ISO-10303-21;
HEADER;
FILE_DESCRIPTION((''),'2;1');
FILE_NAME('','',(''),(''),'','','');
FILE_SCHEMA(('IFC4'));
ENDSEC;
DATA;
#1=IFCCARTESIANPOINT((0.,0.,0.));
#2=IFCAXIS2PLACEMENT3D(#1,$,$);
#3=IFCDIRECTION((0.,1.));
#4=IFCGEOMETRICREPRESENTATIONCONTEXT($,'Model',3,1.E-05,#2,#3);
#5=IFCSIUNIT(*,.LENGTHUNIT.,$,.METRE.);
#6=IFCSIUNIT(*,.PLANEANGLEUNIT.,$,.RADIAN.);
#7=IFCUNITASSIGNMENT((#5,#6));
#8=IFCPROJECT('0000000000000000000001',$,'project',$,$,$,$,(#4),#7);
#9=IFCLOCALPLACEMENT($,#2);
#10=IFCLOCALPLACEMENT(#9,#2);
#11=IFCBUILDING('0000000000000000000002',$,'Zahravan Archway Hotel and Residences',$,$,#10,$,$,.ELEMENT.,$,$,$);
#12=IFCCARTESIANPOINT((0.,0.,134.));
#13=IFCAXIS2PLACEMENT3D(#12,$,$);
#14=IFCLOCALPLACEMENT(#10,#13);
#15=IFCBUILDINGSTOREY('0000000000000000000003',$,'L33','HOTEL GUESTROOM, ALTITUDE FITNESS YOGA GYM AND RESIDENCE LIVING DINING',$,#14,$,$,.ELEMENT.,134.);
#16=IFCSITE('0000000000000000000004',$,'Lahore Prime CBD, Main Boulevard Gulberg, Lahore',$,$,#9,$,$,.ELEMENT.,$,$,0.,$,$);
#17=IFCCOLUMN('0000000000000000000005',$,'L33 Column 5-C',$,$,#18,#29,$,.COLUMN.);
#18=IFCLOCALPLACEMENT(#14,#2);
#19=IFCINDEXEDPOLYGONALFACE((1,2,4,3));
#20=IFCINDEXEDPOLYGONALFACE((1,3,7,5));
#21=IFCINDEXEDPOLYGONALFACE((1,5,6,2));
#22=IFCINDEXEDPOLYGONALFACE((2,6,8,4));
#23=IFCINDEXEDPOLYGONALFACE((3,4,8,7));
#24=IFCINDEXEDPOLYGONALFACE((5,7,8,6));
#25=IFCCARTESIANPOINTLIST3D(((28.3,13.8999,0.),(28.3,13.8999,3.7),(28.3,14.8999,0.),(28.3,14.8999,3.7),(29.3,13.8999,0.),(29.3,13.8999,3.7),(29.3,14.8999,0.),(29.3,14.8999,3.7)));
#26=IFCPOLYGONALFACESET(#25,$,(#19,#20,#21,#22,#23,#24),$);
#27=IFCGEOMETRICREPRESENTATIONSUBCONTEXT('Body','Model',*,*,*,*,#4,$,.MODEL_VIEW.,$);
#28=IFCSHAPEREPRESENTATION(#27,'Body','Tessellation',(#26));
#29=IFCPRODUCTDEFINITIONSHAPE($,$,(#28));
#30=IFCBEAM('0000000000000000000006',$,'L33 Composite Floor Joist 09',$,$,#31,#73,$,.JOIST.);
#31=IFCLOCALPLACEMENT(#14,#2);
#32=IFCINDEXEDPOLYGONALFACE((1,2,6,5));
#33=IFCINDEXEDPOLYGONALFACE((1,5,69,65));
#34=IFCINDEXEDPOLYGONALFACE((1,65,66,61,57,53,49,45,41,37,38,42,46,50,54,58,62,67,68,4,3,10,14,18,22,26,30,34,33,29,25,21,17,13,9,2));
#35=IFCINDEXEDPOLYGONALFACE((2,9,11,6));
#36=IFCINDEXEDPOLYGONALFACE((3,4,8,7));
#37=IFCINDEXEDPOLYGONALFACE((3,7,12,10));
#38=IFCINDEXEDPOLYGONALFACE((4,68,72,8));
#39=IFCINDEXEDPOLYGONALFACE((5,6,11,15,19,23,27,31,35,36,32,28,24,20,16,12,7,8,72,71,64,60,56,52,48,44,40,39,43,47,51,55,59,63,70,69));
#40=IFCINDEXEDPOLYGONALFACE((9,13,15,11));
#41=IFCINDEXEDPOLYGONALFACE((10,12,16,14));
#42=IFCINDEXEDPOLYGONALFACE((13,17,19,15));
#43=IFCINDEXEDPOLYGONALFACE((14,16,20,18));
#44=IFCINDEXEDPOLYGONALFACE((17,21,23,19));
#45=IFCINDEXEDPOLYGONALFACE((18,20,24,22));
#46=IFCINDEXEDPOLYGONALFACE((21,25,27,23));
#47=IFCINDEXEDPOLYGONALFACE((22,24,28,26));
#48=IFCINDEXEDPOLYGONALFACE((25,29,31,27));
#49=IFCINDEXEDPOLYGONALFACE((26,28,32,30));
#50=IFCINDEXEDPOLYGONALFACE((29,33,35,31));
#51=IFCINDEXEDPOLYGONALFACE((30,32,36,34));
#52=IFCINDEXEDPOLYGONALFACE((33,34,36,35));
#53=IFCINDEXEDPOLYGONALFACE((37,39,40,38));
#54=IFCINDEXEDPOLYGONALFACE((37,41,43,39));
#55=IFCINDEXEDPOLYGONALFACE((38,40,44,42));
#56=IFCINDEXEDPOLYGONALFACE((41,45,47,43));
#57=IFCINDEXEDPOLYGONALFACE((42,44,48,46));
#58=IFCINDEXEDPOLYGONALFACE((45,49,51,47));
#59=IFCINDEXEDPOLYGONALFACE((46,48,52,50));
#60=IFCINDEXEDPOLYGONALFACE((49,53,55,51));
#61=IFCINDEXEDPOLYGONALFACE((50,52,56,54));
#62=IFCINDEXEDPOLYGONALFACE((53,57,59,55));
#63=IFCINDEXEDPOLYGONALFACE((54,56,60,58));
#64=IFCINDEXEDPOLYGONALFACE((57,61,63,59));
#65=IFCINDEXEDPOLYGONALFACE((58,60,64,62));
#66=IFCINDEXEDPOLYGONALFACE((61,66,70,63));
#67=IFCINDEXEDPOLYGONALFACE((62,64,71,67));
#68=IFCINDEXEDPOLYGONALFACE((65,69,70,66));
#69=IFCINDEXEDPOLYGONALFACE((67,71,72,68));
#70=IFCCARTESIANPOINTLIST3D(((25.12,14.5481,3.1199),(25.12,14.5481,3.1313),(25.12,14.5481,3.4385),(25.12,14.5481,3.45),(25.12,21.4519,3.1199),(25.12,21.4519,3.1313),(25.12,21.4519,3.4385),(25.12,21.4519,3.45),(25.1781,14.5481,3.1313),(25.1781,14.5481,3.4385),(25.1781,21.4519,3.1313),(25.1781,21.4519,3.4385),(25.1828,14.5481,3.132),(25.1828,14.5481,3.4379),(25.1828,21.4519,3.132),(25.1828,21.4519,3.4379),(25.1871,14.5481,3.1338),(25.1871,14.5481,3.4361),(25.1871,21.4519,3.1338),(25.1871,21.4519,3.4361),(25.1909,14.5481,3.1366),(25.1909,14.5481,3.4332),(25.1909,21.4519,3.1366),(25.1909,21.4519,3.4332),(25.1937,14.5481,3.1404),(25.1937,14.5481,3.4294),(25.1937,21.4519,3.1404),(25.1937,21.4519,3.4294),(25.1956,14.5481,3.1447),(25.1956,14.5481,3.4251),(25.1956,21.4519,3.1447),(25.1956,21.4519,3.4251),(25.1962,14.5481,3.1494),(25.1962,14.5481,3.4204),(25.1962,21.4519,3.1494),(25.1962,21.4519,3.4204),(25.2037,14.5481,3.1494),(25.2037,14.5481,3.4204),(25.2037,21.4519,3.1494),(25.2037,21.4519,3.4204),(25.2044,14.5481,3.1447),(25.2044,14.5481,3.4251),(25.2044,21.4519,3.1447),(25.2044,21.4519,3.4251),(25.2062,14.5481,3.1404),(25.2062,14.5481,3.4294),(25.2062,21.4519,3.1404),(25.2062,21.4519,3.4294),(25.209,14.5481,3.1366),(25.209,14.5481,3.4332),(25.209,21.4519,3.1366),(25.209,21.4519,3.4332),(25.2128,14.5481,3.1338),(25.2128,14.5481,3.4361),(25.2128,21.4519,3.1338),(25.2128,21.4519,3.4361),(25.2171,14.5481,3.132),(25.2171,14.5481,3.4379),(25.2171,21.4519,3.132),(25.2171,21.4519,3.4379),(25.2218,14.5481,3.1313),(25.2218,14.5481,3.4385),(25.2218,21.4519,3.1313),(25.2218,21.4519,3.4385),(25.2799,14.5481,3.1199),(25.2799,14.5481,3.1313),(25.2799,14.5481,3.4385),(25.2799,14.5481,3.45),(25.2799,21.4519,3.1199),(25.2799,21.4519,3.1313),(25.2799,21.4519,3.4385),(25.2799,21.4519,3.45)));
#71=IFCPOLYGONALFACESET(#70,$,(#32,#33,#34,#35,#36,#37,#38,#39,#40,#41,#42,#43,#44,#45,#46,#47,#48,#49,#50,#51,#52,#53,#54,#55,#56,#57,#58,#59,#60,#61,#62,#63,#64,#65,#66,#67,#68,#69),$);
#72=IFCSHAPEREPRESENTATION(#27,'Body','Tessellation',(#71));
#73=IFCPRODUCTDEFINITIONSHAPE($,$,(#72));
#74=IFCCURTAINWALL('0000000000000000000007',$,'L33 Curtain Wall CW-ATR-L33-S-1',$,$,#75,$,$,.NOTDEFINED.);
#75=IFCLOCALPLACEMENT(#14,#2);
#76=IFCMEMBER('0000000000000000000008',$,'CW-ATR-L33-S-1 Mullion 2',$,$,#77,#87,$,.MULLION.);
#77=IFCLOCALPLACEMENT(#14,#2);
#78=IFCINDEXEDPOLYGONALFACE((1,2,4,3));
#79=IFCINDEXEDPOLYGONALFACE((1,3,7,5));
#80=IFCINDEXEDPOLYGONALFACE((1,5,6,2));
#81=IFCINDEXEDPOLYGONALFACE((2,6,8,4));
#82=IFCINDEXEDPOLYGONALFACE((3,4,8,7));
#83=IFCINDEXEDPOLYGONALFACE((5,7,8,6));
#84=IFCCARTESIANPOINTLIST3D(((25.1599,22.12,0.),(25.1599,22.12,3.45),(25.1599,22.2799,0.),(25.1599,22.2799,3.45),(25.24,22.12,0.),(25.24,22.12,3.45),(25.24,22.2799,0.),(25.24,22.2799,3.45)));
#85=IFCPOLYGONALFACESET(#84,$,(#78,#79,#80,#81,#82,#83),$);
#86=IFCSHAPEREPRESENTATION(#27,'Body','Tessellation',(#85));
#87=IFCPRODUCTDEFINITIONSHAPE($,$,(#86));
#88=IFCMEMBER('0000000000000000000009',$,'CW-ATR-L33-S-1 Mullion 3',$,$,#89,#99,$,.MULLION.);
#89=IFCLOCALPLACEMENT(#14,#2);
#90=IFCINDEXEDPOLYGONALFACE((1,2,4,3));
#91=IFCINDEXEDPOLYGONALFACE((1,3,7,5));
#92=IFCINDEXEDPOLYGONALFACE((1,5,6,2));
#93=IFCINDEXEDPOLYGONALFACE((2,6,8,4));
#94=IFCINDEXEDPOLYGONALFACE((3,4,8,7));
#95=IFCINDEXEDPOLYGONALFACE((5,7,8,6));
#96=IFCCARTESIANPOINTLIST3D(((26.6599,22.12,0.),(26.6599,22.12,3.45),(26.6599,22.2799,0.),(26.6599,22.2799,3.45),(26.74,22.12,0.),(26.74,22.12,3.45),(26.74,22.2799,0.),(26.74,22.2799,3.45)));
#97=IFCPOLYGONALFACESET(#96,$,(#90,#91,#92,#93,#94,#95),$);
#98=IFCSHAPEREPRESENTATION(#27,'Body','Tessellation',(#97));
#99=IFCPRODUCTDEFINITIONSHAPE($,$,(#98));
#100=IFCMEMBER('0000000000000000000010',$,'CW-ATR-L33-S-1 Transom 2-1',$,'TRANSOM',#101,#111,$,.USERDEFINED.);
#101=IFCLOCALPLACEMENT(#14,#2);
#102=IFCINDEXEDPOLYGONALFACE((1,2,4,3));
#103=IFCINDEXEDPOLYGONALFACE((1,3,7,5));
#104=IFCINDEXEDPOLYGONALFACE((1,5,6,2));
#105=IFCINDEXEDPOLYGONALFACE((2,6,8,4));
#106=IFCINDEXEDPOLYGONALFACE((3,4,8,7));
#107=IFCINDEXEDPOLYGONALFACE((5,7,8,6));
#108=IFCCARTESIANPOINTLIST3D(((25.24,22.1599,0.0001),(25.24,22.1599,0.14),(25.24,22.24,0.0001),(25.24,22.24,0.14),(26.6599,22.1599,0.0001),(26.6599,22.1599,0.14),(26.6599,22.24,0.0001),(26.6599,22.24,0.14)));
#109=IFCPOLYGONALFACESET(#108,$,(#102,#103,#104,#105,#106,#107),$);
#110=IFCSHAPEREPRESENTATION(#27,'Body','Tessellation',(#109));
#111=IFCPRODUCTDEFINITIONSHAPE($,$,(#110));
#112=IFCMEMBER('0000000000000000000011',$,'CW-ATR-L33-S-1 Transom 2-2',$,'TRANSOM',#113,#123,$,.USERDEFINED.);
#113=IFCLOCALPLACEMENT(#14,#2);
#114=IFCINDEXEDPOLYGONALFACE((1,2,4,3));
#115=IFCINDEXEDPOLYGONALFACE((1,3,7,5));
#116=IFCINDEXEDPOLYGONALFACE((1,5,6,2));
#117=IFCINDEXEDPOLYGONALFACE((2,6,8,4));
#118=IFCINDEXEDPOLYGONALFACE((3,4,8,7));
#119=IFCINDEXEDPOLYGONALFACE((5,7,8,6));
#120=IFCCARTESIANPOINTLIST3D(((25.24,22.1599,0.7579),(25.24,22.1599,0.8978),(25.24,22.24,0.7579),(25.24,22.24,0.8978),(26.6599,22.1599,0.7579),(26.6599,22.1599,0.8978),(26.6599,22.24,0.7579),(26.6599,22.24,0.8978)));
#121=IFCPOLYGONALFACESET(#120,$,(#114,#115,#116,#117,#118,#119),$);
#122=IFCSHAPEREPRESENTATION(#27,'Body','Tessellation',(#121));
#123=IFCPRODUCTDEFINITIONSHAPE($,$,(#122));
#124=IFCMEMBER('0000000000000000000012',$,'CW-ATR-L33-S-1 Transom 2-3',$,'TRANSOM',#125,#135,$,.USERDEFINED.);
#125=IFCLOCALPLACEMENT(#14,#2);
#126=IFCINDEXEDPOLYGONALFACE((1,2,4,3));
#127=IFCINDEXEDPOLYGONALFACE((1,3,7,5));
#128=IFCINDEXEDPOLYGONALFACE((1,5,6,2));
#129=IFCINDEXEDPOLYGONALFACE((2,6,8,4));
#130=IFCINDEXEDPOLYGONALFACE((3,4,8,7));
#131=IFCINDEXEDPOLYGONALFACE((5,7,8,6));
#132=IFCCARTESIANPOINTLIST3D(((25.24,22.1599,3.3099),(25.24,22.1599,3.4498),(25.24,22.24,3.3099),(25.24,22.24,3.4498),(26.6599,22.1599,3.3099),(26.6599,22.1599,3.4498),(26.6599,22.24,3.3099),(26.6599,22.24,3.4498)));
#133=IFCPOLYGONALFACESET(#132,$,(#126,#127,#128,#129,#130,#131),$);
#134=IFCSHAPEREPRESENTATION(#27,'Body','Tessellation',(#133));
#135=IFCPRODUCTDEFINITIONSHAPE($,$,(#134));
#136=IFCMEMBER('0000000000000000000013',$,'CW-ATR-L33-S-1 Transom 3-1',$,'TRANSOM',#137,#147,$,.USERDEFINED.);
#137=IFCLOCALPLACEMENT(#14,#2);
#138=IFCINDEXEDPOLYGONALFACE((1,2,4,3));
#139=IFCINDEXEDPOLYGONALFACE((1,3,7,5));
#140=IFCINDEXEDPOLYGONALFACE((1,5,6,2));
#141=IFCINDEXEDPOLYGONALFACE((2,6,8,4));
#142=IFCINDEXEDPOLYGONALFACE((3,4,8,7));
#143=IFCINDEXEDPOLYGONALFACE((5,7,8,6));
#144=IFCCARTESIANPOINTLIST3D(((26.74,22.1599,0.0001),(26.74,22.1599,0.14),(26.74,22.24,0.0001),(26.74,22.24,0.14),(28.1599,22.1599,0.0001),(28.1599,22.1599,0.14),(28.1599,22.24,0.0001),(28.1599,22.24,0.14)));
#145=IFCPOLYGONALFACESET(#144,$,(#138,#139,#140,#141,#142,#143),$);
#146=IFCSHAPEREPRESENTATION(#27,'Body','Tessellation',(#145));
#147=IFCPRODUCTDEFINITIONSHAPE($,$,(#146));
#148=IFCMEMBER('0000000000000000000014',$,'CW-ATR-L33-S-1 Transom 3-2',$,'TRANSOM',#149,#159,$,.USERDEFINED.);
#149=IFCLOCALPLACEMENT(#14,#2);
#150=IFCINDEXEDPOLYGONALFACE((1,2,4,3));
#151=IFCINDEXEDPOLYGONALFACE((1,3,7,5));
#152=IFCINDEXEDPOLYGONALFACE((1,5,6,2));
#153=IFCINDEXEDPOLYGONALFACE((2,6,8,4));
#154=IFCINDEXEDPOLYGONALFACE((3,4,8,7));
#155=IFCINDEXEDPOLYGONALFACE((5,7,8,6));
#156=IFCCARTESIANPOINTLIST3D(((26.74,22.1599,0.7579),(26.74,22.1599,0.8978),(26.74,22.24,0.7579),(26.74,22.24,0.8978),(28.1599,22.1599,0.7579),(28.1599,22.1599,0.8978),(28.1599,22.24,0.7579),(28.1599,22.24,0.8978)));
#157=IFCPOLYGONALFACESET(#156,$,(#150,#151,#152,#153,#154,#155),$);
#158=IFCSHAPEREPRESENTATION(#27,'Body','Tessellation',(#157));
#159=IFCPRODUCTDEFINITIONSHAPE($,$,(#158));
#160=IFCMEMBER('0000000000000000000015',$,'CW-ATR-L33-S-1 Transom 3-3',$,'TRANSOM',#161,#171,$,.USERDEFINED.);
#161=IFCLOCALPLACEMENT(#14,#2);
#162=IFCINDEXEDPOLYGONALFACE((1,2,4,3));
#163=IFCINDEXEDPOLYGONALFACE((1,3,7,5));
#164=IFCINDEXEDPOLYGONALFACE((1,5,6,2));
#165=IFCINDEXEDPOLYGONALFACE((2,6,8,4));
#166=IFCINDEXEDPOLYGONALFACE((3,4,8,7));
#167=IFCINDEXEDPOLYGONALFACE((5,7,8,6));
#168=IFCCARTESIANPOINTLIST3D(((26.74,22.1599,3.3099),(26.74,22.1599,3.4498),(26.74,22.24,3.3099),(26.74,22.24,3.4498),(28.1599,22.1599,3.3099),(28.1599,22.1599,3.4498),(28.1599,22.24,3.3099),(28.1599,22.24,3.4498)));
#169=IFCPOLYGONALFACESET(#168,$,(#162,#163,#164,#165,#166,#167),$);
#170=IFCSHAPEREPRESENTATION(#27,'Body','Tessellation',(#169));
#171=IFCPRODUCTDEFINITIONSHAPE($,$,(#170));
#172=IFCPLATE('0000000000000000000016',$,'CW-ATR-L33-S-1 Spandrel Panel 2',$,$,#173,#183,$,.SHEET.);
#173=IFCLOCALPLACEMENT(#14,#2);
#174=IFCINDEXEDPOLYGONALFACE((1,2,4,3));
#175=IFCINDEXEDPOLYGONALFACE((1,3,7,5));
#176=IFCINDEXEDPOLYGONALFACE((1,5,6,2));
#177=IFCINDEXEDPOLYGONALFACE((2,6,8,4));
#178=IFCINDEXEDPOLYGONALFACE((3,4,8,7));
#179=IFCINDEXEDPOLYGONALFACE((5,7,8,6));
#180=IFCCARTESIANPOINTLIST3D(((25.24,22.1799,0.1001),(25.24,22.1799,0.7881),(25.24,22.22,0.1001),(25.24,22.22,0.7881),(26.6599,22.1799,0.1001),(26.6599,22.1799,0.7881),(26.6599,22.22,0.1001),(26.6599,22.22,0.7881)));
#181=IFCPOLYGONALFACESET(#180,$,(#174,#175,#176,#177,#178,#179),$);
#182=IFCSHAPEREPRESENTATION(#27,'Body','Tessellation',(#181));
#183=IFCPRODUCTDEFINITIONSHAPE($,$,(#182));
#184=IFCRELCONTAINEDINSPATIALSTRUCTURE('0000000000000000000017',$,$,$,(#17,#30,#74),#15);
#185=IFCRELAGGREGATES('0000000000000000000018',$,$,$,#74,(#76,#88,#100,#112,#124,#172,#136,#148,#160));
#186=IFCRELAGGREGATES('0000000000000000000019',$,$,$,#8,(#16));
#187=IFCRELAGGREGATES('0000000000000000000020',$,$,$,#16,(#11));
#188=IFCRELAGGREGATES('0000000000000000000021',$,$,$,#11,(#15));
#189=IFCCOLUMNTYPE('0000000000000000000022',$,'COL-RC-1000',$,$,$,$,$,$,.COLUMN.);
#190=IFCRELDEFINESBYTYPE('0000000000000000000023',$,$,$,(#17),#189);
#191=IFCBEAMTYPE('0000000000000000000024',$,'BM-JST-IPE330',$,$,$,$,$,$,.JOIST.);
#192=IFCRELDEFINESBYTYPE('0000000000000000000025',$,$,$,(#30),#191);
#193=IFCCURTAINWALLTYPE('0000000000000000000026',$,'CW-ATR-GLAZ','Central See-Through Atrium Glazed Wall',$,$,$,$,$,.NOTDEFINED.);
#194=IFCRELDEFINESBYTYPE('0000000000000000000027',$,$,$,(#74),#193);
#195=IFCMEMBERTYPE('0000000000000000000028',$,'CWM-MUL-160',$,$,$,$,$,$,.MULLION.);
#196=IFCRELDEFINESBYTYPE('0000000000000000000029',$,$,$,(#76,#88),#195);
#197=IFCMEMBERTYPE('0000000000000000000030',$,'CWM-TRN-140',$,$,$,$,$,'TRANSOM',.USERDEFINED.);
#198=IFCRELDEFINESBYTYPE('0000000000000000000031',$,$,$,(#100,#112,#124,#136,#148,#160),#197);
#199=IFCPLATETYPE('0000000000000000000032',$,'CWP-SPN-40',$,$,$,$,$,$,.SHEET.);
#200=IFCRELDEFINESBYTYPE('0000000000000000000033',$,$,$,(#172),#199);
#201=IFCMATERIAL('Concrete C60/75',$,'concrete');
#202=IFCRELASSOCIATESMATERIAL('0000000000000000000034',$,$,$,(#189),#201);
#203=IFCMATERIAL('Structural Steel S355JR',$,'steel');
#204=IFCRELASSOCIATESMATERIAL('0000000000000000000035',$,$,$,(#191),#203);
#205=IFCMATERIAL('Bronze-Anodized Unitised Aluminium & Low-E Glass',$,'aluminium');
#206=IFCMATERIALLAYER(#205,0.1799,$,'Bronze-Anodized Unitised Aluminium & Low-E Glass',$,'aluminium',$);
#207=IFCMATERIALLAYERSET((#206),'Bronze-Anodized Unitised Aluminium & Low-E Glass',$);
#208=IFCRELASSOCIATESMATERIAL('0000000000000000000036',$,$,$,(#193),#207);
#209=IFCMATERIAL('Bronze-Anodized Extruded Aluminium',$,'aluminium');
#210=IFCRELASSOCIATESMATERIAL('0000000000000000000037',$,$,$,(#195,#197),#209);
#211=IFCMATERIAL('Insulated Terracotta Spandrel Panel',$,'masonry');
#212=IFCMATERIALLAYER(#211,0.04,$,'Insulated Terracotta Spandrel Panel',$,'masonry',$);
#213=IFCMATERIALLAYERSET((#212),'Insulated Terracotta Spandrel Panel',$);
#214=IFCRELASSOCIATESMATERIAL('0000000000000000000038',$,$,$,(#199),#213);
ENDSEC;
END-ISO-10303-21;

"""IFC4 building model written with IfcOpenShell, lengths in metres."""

from ifc_helpers import new_model, si_unit, direction, frame, origin, origin_2d, place, context, subcontext, project, spatial, rectangle, i_section, extrude, source, transform, mapped, material, layer, layer_set, material_profile, profile_set, type_object, type_shapes, element, aggregate, save


model = new_model("IFC4")

# Units and contexts
model_context = context("Model", 3, precision=1e-05, world=origin(), true_north=direction((0.0, 1.0)))
body_context = subcontext(model_context, "Body", "Model", "MODEL_VIEW")
ifc_project = project(units=[si_unit("LENGTHUNIT", "METRE"), si_unit("PLANEANGLEUNIT", "RADIAN")], contexts=[model_context])

# Site, building, storey
site_placement = place(None, origin())
site = spatial("IfcSite", under=ifc_project, at=site_placement, Name="Lahore Prime CBD, Main Boulevard Gulberg, Lahore", CompositionType="ELEMENT", RefElevation=0.0)
building_placement = place(site_placement, origin())
building = spatial("IfcBuilding", under=site, at=building_placement, Name="Zahravan Archway Hotel and Residences", CompositionType="ELEMENT")
storey_placement = place(building_placement, frame((0.0, 0.0, 134.0)))
storey = spatial("IfcBuildingStorey", under=building, at=storey_placement, Name="L33", Description="HOTEL GUESTROOM, ALTITUDE FITNESS YOGA GYM AND RESIDENCE LIVING DINING", CompositionType="ELEMENT", Elevation=134.0)

# Column
ifc_material_1 = material(Name="Concrete C60/75", Category="concrete")
ifc_material_profile_1 = material_profile(ifc_material_1, rectangle(XDim=1.0, YDim=1.0, at=origin_2d()), Name="RC-COL-1000x1000", Category="concrete")
ifc_profile_set_1 = profile_set([ifc_material_profile_1], Name="Concrete C60/75")
column_type = type_object("IfcColumnType", Name="COL-RC-1000", PredefinedType="COLUMN", material=ifc_profile_set_1)
shared_shape_1 = source(origin(), body_context, "Body", "SweptSolid", [
    extrude(rectangle(XDim=1.0, YDim=1.0, at=origin_2d()), origin(), (0.0, 0.0, 1.0), 3.7),
])
type_shapes(column_type, [shared_shape_1])
column_placement = place(storey_placement, frame((28.8, 14.3999, 0.0), z_axis=(0.0, 0.0, 1.0), x_axis=(1.0, 0.0, 0.0)))
element("IfcColumn", 1, at=column_placement, inside=storey, type_object=column_type, Name="L33 Column 5-C", PredefinedType="COLUMN", context=body_context, shape_type="MappedRepresentation", body=[
    mapped(shared_shape_1, transform((0.0, 0.0, 0.0), scale=1.0)),
])

# Beam
ifc_material_2 = material(Name="Structural Steel S355JR", Category="steel")
ifc_material_profile_2 = material_profile(ifc_material_2, i_section(OverallWidth=0.1599, OverallDepth=0.3301, WebThickness=0.0076, FlangeThickness=0.0115, FilletRadius=0.0181, at=origin_2d()), Name="IPE 330", Category="steel")
ifc_profile_set_2 = profile_set([ifc_material_profile_2], Name="Structural Steel S355JR")
beam_type = type_object("IfcBeamType", Name="BM-JST-IPE330", PredefinedType="JOIST", material=ifc_profile_set_2)
shared_shape_2 = source(origin(), body_context, "Body", "SweptSolid", [
    extrude(i_section(OverallWidth=0.1599, OverallDepth=0.3301, WebThickness=0.0076, FlangeThickness=0.0115, FilletRadius=0.0181, at=origin_2d()), origin(), (0.0, 0.0, 1.0), 6.9038),
])
beam_placement = place(storey_placement, frame((25.2, 14.5481, 3.2849), z_axis=(0.0, 1.0, 0.0), x_axis=(-1.0, 0.0, 0.0)))
element("IfcBeam", 2, at=beam_placement, inside=storey, type_object=beam_type, Name="L33 Composite Floor Joist 09", PredefinedType="JOIST", context=body_context, shape_type="MappedRepresentation", body=[
    mapped(shared_shape_2, transform((0.0, 0.0, 0.0), scale=1.0)),
])

# Curtain wall, members, plate
ifc_material_3 = material(Name="Bronze-Anodized Unitised Aluminium & Low-E Glass", Category="aluminium")
ifc_layer_1 = layer(ifc_material_3, 0.1799, Name="Bronze-Anodized Unitised Aluminium & Low-E Glass", Category="aluminium")
ifc_layer_set_1 = layer_set([ifc_layer_1], Name="Bronze-Anodized Unitised Aluminium & Low-E Glass")
curtain_wall_type = type_object("IfcCurtainWallType", Name="CW-ATR-GLAZ", Description="Central See-Through Atrium Glazed Wall", PredefinedType="NOTDEFINED", material=ifc_layer_set_1)
curtain_wall_placement = place(storey_placement, origin())
curtain_wall = element("IfcCurtainWall", 3, at=curtain_wall_placement, inside=storey, type_object=curtain_wall_type, Name="L33 Curtain Wall CW-ATR-L33-S-1", PredefinedType="NOTDEFINED")
ifc_material_4 = material(Name="Bronze-Anodized Extruded Aluminium", Category="aluminium")
ifc_material_profile_3 = material_profile(ifc_material_4, rectangle(XDim=0.0801, YDim=0.1599, at=origin_2d()), Name="MUL 80x160", Category="aluminium")
ifc_profile_set_3 = profile_set([ifc_material_profile_3], Name="Bronze-Anodized Extruded Aluminium")
member_type_1 = type_object("IfcMemberType", Name="CWM-MUL-160", PredefinedType="MULLION", material=ifc_profile_set_3)
shared_shape_3 = source(origin(), body_context, "Body", "SweptSolid", [
    extrude(rectangle(XDim=0.0801, YDim=0.1599, at=origin_2d()), origin(), (0.0, 0.0, 1.0), 3.45),
])
member_1_placement = place(storey_placement, frame((25.2, 22.2, 0.0), z_axis=(0.0, 0.0, 1.0), x_axis=(1.0, 0.0, 0.0)))
member_1 = element("IfcMember", 4, at=member_1_placement, type_object=member_type_1, Name="CW-ATR-L33-S-1 Mullion 2", PredefinedType="MULLION", context=body_context, shape_type="MappedRepresentation", body=[
    mapped(shared_shape_3, transform((0.0, 0.0, 0.0), scale=1.0)),
])
member_2_placement = place(storey_placement, frame((26.7, 22.2, 0.0), z_axis=(0.0, 0.0, 1.0), x_axis=(1.0, 0.0, 0.0)))
member_2 = element("IfcMember", 5, at=member_2_placement, type_object=member_type_1, Name="CW-ATR-L33-S-1 Mullion 3", PredefinedType="MULLION", context=body_context, shape_type="MappedRepresentation", body=[
    mapped(shared_shape_3, transform((0.0, 0.0, 0.0), scale=1.0)),
])
ifc_material_profile_4 = material_profile(ifc_material_4, rectangle(XDim=0.0801, YDim=0.1399, at=origin_2d()), Name="TRN 80x140", Category="aluminium")
ifc_profile_set_4 = profile_set([ifc_material_profile_4], Name="Bronze-Anodized Extruded Aluminium")
member_type_2 = type_object("IfcMemberType", Name="CWM-TRN-140", ElementType="TRANSOM", PredefinedType="USERDEFINED", material=ifc_profile_set_4)
shared_shape_4 = source(origin(), body_context, "Body", "SweptSolid", [
    extrude(rectangle(XDim=0.0801, YDim=0.1399, at=origin_2d()), origin(), (0.0, 0.0, 1.0), 1.4199),
])
member_3_placement = place(storey_placement, frame((25.24, 22.2, 0.0701), z_axis=(1.0, 0.0, 0.0), x_axis=(0.0, 1.0, 0.0)))
member_3 = element("IfcMember", 6, at=member_3_placement, type_object=member_type_2, Name="CW-ATR-L33-S-1 Transom 2-1", ObjectType="TRANSOM", PredefinedType="USERDEFINED", context=body_context, shape_type="MappedRepresentation", body=[
    mapped(shared_shape_4, transform((0.0, 0.0, 0.0), scale=1.0)),
])
member_4_placement = place(storey_placement, frame((25.24, 22.2, 0.8279), z_axis=(1.0, 0.0, 0.0), x_axis=(0.0, 1.0, 0.0)))
member_4 = element("IfcMember", 7, at=member_4_placement, type_object=member_type_2, Name="CW-ATR-L33-S-1 Transom 2-2", ObjectType="TRANSOM", PredefinedType="USERDEFINED", context=body_context, shape_type="MappedRepresentation", body=[
    mapped(shared_shape_4, transform((0.0, 0.0, 0.0), scale=1.0)),
])
member_5_placement = place(storey_placement, frame((25.24, 22.2, 3.3799), z_axis=(1.0, 0.0, 0.0), x_axis=(0.0, 1.0, 0.0)))
member_5 = element("IfcMember", 8, at=member_5_placement, type_object=member_type_2, Name="CW-ATR-L33-S-1 Transom 2-3", ObjectType="TRANSOM", PredefinedType="USERDEFINED", context=body_context, shape_type="MappedRepresentation", body=[
    mapped(shared_shape_4, transform((0.0, 0.0, 0.0), scale=1.0)),
])
member_6_placement = place(storey_placement, frame((26.74, 22.2, 0.0701), z_axis=(1.0, 0.0, 0.0), x_axis=(0.0, 1.0, 0.0)))
member_6 = element("IfcMember", 9, at=member_6_placement, type_object=member_type_2, Name="CW-ATR-L33-S-1 Transom 3-1", ObjectType="TRANSOM", PredefinedType="USERDEFINED", context=body_context, shape_type="MappedRepresentation", body=[
    mapped(shared_shape_4, transform((0.0, 0.0, 0.0), scale=1.0)),
])
member_7_placement = place(storey_placement, frame((26.74, 22.2, 0.8279), z_axis=(1.0, 0.0, 0.0), x_axis=(0.0, 1.0, 0.0)))
member_7 = element("IfcMember", 10, at=member_7_placement, type_object=member_type_2, Name="CW-ATR-L33-S-1 Transom 3-2", ObjectType="TRANSOM", PredefinedType="USERDEFINED", context=body_context, shape_type="MappedRepresentation", body=[
    mapped(shared_shape_4, transform((0.0, 0.0, 0.0), scale=1.0)),
])
member_8_placement = place(storey_placement, frame((26.74, 22.2, 3.3799), z_axis=(1.0, 0.0, 0.0), x_axis=(0.0, 1.0, 0.0)))
member_8 = element("IfcMember", 11, at=member_8_placement, type_object=member_type_2, Name="CW-ATR-L33-S-1 Transom 3-3", ObjectType="TRANSOM", PredefinedType="USERDEFINED", context=body_context, shape_type="MappedRepresentation", body=[
    mapped(shared_shape_4, transform((0.0, 0.0, 0.0), scale=1.0)),
])
ifc_material_5 = material(Name="Insulated Terracotta Spandrel Panel", Category="masonry")
ifc_layer_2 = layer(ifc_material_5, 0.04, Name="Insulated Terracotta Spandrel Panel", Category="masonry")
ifc_layer_set_2 = layer_set([ifc_layer_2], Name="Insulated Terracotta Spandrel Panel")
plate_type_1 = type_object("IfcPlateType", Name="CWP-SPN-40", PredefinedType="SHEET", material=ifc_layer_set_2)
shared_shape_5 = source(origin(), body_context, "Body", "SweptSolid", [
    extrude(rectangle(XDim=1.4199, YDim=0.04, at=origin_2d()), origin(), (0.0, 0.0, 1.0), 0.688),
])
plate_1_placement = place(storey_placement, frame((25.95, 22.2, 0.1001), z_axis=(0.0, 0.0, 1.0), x_axis=(1.0, 0.0, 0.0)))
plate_1 = element("IfcPlate", 12, at=plate_1_placement, type_object=plate_type_1, Name="CW-ATR-L33-S-1 Spandrel Panel 2", PredefinedType="SHEET", context=body_context, shape_type="MappedRepresentation", body=[
    mapped(shared_shape_5, transform((0.0, 0.0, 0.0), scale=1.0)),
])
aggregate(curtain_wall, [member_1, member_2, member_3, member_4, member_5, plate_1, member_6, member_7, member_8])

save(model, "model.ifc")
